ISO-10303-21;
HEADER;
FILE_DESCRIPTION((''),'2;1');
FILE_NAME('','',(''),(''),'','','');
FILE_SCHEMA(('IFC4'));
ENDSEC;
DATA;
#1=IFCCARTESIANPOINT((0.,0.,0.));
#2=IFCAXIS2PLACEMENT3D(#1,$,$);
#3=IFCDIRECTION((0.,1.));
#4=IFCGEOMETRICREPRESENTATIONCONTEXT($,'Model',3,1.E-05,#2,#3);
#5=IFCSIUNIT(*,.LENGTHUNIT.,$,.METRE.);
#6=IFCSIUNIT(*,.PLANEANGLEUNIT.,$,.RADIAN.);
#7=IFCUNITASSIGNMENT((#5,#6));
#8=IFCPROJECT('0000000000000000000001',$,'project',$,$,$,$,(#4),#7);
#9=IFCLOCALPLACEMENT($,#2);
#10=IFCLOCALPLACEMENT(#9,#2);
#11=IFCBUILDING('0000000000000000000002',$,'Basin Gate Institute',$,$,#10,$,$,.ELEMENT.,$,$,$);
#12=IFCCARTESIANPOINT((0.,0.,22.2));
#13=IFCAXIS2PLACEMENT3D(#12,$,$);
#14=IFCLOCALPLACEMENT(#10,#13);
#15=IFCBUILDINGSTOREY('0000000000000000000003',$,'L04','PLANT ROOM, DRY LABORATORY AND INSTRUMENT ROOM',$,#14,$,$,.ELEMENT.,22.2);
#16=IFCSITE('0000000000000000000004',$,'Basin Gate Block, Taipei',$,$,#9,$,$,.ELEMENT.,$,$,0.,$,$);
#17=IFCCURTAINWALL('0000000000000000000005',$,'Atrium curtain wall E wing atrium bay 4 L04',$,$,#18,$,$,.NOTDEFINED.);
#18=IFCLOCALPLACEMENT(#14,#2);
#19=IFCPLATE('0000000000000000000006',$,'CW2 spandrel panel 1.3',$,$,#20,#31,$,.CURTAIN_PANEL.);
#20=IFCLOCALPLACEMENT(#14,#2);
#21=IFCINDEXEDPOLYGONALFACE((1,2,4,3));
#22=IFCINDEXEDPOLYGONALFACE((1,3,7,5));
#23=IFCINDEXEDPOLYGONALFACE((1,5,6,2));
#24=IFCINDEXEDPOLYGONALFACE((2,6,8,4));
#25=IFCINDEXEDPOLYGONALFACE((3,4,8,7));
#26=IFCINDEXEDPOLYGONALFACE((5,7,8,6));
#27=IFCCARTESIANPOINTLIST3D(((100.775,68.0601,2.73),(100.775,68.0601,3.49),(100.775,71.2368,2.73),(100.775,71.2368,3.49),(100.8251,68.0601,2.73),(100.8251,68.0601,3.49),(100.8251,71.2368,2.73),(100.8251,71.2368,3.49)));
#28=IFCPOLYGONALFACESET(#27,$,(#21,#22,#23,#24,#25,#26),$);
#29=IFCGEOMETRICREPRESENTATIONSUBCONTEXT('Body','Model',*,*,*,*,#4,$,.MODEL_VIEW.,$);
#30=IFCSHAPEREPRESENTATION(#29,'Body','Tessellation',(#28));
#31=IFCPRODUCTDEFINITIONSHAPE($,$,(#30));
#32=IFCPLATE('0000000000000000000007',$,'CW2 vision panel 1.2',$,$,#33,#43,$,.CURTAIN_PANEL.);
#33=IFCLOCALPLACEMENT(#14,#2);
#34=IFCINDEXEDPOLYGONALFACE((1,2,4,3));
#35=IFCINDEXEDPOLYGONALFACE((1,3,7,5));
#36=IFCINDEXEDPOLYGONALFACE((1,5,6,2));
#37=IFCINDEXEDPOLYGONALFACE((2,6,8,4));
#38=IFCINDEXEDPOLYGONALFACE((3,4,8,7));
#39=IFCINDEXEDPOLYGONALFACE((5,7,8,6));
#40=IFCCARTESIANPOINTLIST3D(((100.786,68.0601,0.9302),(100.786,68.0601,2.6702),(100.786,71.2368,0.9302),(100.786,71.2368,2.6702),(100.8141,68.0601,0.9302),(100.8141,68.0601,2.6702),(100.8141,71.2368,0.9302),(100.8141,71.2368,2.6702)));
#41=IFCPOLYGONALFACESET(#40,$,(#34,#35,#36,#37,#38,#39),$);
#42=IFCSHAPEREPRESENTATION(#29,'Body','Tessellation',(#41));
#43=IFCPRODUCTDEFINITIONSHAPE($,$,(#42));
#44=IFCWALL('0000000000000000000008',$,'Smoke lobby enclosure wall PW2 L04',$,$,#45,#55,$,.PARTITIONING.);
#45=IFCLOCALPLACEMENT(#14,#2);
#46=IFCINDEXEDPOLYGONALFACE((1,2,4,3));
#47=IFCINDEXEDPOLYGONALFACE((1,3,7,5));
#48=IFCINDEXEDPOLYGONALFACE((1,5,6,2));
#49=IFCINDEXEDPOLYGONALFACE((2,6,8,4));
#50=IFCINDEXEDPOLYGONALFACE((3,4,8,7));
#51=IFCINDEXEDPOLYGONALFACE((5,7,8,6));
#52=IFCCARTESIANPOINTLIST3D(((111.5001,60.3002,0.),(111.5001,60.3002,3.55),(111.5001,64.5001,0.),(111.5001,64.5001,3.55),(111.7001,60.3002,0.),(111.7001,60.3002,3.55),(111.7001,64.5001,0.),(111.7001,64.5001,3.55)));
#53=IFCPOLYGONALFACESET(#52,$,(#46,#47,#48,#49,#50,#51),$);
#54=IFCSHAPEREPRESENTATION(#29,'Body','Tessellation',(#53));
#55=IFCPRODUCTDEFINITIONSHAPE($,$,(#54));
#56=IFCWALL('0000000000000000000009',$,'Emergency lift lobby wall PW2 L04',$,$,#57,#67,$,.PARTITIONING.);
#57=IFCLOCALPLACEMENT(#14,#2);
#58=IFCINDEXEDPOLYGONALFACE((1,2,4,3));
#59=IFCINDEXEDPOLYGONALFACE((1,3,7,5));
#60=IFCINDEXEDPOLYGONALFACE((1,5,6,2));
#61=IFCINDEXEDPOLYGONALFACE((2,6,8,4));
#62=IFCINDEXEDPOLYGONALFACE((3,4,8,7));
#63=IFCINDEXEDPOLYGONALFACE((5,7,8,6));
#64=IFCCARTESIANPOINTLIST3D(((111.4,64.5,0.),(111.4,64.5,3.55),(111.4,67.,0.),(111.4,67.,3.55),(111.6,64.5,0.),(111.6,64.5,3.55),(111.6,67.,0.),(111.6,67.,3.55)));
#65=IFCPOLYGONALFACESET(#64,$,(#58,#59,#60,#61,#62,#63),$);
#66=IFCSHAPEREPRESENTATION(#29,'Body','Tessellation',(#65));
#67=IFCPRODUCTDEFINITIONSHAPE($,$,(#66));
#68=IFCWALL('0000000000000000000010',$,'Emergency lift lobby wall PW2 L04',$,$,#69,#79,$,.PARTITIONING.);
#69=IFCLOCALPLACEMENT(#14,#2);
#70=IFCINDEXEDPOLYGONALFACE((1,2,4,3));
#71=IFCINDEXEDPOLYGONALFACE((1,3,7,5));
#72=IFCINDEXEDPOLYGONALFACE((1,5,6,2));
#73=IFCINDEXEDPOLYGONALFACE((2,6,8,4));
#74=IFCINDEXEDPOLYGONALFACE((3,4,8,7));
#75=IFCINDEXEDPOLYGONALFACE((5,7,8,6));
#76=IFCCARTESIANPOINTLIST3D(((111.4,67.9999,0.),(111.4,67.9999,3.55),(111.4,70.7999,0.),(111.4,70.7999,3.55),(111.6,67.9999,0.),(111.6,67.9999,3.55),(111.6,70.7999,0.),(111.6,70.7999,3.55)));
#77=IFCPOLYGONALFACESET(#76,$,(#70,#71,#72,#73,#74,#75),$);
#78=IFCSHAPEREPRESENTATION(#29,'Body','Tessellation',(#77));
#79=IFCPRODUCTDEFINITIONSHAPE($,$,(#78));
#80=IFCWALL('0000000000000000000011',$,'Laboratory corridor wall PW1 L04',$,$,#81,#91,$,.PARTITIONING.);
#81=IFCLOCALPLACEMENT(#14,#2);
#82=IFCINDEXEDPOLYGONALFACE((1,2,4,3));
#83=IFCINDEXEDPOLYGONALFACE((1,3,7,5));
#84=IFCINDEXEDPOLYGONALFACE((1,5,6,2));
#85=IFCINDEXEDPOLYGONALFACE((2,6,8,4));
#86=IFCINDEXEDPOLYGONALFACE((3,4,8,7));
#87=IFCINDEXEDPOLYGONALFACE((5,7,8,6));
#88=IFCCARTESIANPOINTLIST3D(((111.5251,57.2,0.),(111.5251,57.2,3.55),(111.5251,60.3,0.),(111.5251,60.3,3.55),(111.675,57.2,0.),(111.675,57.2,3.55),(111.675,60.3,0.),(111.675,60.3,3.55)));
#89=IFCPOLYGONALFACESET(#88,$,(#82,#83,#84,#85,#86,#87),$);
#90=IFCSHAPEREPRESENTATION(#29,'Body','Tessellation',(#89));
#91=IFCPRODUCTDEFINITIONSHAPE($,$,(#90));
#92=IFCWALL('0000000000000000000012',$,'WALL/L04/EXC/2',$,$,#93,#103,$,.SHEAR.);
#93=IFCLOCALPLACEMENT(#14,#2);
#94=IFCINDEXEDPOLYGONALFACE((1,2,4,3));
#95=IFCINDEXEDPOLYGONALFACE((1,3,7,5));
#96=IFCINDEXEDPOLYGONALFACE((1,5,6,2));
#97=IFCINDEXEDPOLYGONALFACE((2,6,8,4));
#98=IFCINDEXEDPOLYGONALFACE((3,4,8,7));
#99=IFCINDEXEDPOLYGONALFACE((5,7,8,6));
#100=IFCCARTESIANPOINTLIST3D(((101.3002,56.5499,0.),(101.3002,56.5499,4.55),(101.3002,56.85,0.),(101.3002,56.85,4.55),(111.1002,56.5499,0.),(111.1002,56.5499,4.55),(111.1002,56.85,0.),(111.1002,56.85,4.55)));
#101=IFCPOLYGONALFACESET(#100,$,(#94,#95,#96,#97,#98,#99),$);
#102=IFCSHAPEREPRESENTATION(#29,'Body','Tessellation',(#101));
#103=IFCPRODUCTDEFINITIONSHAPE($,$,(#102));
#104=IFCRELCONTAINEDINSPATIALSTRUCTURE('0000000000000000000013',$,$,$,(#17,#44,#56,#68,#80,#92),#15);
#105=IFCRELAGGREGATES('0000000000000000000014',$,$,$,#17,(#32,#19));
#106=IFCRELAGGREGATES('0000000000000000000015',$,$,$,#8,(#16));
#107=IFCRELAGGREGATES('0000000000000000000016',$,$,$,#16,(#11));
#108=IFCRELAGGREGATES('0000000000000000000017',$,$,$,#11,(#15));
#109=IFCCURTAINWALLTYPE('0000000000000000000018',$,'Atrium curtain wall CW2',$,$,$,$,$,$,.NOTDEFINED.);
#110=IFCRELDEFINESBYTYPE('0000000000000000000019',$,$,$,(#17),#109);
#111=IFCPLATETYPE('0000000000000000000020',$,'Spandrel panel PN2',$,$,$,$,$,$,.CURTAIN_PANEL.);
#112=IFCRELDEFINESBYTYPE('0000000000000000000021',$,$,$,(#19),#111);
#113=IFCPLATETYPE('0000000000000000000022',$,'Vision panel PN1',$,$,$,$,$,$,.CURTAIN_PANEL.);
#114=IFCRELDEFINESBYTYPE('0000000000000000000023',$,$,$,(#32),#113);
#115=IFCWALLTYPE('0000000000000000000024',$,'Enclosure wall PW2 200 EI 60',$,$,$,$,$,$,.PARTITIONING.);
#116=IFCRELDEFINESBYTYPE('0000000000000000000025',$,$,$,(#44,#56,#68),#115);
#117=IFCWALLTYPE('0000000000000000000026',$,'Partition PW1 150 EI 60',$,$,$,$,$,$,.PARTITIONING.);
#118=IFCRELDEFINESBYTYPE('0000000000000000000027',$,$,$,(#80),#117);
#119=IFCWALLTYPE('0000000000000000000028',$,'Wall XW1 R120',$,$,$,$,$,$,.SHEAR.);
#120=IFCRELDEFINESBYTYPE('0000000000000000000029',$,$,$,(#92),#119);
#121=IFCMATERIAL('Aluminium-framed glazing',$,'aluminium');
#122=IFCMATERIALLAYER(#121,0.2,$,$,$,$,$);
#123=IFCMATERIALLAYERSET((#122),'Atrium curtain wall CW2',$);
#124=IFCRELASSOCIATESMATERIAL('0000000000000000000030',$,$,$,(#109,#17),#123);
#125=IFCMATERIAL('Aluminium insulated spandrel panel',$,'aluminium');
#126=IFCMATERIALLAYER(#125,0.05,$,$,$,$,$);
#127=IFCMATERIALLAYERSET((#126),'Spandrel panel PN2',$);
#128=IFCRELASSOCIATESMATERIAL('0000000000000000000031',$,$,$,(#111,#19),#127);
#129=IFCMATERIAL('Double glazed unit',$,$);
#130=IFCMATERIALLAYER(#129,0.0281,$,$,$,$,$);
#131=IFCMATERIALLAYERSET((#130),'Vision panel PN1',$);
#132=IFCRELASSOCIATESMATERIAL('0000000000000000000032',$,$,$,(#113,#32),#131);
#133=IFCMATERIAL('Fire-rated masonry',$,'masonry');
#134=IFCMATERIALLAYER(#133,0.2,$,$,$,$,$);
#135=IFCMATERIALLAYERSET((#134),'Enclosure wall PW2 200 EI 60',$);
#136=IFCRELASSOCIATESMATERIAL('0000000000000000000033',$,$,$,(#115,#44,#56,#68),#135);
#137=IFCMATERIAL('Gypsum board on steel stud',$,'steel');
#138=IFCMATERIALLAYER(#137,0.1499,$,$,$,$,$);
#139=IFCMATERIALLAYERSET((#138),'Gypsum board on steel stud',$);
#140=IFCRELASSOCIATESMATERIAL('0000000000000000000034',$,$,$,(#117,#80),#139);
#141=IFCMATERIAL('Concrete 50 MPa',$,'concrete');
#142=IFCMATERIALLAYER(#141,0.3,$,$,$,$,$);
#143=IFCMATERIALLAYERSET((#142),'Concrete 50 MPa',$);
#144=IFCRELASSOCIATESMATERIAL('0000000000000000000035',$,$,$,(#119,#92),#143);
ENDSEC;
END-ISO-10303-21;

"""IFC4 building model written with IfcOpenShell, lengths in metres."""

from ifc_helpers import new_model, si_unit, direction, frame, frame_2d, origin, origin_2d, place, context, subcontext, project, spatial, rectangle, extrude, material, layer, layer_set, type_object, element, aggregate, save


model = new_model("IFC4")

# Units and contexts
model_context = context("Model", 3, precision=1e-05, world=origin(), true_north=direction((0.0, 1.0)))
body_context = subcontext(model_context, "Body", "Model", "MODEL_VIEW")
ifc_project = project(units=[si_unit("LENGTHUNIT", "METRE"), si_unit("PLANEANGLEUNIT", "RADIAN")], contexts=[model_context])

# Site, building, storey
site_placement = place(None, origin())
site = spatial("IfcSite", under=ifc_project, at=site_placement, Name="Basin Gate Block, Taipei", CompositionType="ELEMENT", RefElevation=0.0)
building_placement = place(site_placement, origin())
building = spatial("IfcBuilding", under=site, at=building_placement, Name="Basin Gate Institute", CompositionType="ELEMENT")
storey_placement = place(building_placement, frame((0.0, 0.0, 22.2)))
storey = spatial("IfcBuildingStorey", under=building, at=storey_placement, Name="L04", Description="PLANT ROOM, DRY LABORATORY AND INSTRUMENT ROOM", CompositionType="ELEMENT", Elevation=22.2)

# Curtain wall, plates
ifc_material_1 = material(Name="Aluminium-framed glazing", Category="aluminium")
ifc_layer_1 = layer(ifc_material_1, 0.2)
ifc_layer_set_1 = layer_set([ifc_layer_1], Name="Atrium curtain wall CW2")
curtain_wall_type = type_object("IfcCurtainWallType", Name="Atrium curtain wall CW2", PredefinedType="NOTDEFINED", material=ifc_layer_set_1)
curtain_wall_placement = place(storey_placement, origin())
curtain_wall = element("IfcCurtainWall", 1, at=curtain_wall_placement, inside=storey, type_object=curtain_wall_type, material=ifc_layer_set_1, Name="Atrium curtain wall E wing atrium bay 4 L04", PredefinedType="NOTDEFINED")
ifc_material_2 = material(Name="Aluminium insulated spandrel panel", Category="aluminium")
ifc_layer_2 = layer(ifc_material_2, 0.05)
ifc_layer_set_2 = layer_set([ifc_layer_2], Name="Spandrel panel PN2")
plate_type_1 = type_object("IfcPlateType", Name="Spandrel panel PN2", PredefinedType="CURTAIN_PANEL", material=ifc_layer_set_2)
plate_1_placement = place(storey_placement, frame((100.8, 69.6484, 2.73), z_axis=(0.0, 0.0, 1.0), x_axis=(0.0, 1.0, 0.0)))
plate_1 = element("IfcPlate", 2, at=plate_1_placement, type_object=plate_type_1, material=ifc_layer_set_2, Name="CW2 spandrel panel 1.3", PredefinedType="CURTAIN_PANEL", context=body_context, shape_type="SweptSolid", body=[
    extrude(rectangle(XDim=3.1768, YDim=0.05, at=origin_2d()), origin(), (0.0, 0.0, 1.0), 0.76),
])
ifc_material_3 = material(Name="Double glazed unit")
ifc_layer_3 = layer(ifc_material_3, 0.0281)
ifc_layer_set_3 = layer_set([ifc_layer_3], Name="Vision panel PN1")
plate_type_2 = type_object("IfcPlateType", Name="Vision panel PN1", PredefinedType="CURTAIN_PANEL", material=ifc_layer_set_3)
plate_2_placement = place(storey_placement, frame((100.8, 69.6484, 0.9302), z_axis=(0.0, 0.0, 1.0), x_axis=(0.0, 1.0, 0.0)))
plate_2 = element("IfcPlate", 3, at=plate_2_placement, type_object=plate_type_2, material=ifc_layer_set_3, Name="CW2 vision panel 1.2", PredefinedType="CURTAIN_PANEL", context=body_context, shape_type="SweptSolid", body=[
    extrude(rectangle(XDim=3.1768, YDim=0.0281, at=origin_2d()), origin(), (0.0, 0.0, 1.0), 1.74),
])
aggregate(curtain_wall, [plate_2, plate_1])

# Walls
ifc_material_4 = material(Name="Fire-rated masonry", Category="masonry")
ifc_layer_4 = layer(ifc_material_4, 0.2)
ifc_layer_set_4 = layer_set([ifc_layer_4], Name="Enclosure wall PW2 200 EI 60")
wall_type_1 = type_object("IfcWallType", Name="Enclosure wall PW2 200 EI 60", PredefinedType="PARTITIONING", material=ifc_layer_set_4)
wall_1_placement = place(storey_placement, frame((111.6001, 60.3, 0.0), z_axis=(0.0, 0.0, 1.0), x_axis=(0.0, 1.0, 0.0)))
element("IfcWall", 4, at=wall_1_placement, inside=storey, type_object=wall_type_1, material=ifc_layer_set_4, Name="Smoke lobby enclosure wall PW2 L04", PredefinedType="PARTITIONING", context=body_context, shape_type="SweptSolid", body=[
    extrude(rectangle(XDim=4.2, YDim=0.2, at=frame_2d((2.1001, 0.0))), origin(), (0.0, 0.0, 1.0), 3.55),
])
wall_2_placement = place(storey_placement, frame((111.5, 64.5, 0.0), z_axis=(0.0, 0.0, 1.0), x_axis=(0.0, 1.0, 0.0)))
element("IfcWall", 5, at=wall_2_placement, inside=storey, type_object=wall_type_1, material=ifc_layer_set_4, Name="Emergency lift lobby wall PW2 L04", PredefinedType="PARTITIONING", context=body_context, shape_type="SweptSolid", body=[
    extrude(rectangle(XDim=2.5, YDim=0.2, at=frame_2d((1.25, 0.0))), origin(), (0.0, 0.0, 1.0), 3.55),
])
wall_3_placement = place(storey_placement, frame((111.5, 68.0, 0.0), z_axis=(0.0, 0.0, 1.0), x_axis=(0.0, 1.0, 0.0)))
element("IfcWall", 6, at=wall_3_placement, inside=storey, type_object=wall_type_1, material=ifc_layer_set_4, Name="Emergency lift lobby wall PW2 L04", PredefinedType="PARTITIONING", context=body_context, shape_type="SweptSolid", body=[
    extrude(rectangle(XDim=2.8, YDim=0.2, at=frame_2d((1.3999, 0.0))), origin(), (0.0, 0.0, 1.0), 3.55),
])
ifc_material_5 = material(Name="Gypsum board on steel stud", Category="steel")
ifc_layer_5 = layer(ifc_material_5, 0.1499)
ifc_layer_set_5 = layer_set([ifc_layer_5], Name="Gypsum board on steel stud")
wall_type_2 = type_object("IfcWallType", Name="Partition PW1 150 EI 60", PredefinedType="PARTITIONING", material=ifc_layer_set_5)
wall_4_placement = place(storey_placement, frame((111.6001, 57.2, 0.0), z_axis=(0.0, 0.0, 1.0), x_axis=(0.0, 1.0, 0.0)))
element("IfcWall", 7, at=wall_4_placement, inside=storey, type_object=wall_type_2, material=ifc_layer_set_5, Name="Laboratory corridor wall PW1 L04", PredefinedType="PARTITIONING", context=body_context, shape_type="SweptSolid", body=[
    extrude(rectangle(XDim=3.1001, YDim=0.1499, at=frame_2d((1.55, 0.0))), origin(), (0.0, 0.0, 1.0), 3.55),
])
ifc_material_6 = material(Name="Concrete 50 MPa", Category="concrete")
ifc_layer_6 = layer(ifc_material_6, 0.3)
ifc_layer_set_6 = layer_set([ifc_layer_6], Name="Concrete 50 MPa")
wall_type_3 = type_object("IfcWallType", Name="Wall XW1 R120", PredefinedType="SHEAR", material=ifc_layer_set_6)
wall_5_placement = place(storey_placement, frame((111.1001, 56.7, 0.0), z_axis=(0.0, 0.0, 1.0), x_axis=(-1.0, 0.0, 0.0)))
element("IfcWall", 8, at=wall_5_placement, inside=storey, type_object=wall_type_3, material=ifc_layer_set_6, Name="WALL/L04/EXC/2", PredefinedType="SHEAR", context=body_context, shape_type="SweptSolid", body=[
    extrude(rectangle(XDim=9.8, YDim=0.3, at=frame_2d((4.8999, 0.0))), origin(), (0.0, 0.0, 1.0), 4.55),
])

save(model, "model.ifc")
